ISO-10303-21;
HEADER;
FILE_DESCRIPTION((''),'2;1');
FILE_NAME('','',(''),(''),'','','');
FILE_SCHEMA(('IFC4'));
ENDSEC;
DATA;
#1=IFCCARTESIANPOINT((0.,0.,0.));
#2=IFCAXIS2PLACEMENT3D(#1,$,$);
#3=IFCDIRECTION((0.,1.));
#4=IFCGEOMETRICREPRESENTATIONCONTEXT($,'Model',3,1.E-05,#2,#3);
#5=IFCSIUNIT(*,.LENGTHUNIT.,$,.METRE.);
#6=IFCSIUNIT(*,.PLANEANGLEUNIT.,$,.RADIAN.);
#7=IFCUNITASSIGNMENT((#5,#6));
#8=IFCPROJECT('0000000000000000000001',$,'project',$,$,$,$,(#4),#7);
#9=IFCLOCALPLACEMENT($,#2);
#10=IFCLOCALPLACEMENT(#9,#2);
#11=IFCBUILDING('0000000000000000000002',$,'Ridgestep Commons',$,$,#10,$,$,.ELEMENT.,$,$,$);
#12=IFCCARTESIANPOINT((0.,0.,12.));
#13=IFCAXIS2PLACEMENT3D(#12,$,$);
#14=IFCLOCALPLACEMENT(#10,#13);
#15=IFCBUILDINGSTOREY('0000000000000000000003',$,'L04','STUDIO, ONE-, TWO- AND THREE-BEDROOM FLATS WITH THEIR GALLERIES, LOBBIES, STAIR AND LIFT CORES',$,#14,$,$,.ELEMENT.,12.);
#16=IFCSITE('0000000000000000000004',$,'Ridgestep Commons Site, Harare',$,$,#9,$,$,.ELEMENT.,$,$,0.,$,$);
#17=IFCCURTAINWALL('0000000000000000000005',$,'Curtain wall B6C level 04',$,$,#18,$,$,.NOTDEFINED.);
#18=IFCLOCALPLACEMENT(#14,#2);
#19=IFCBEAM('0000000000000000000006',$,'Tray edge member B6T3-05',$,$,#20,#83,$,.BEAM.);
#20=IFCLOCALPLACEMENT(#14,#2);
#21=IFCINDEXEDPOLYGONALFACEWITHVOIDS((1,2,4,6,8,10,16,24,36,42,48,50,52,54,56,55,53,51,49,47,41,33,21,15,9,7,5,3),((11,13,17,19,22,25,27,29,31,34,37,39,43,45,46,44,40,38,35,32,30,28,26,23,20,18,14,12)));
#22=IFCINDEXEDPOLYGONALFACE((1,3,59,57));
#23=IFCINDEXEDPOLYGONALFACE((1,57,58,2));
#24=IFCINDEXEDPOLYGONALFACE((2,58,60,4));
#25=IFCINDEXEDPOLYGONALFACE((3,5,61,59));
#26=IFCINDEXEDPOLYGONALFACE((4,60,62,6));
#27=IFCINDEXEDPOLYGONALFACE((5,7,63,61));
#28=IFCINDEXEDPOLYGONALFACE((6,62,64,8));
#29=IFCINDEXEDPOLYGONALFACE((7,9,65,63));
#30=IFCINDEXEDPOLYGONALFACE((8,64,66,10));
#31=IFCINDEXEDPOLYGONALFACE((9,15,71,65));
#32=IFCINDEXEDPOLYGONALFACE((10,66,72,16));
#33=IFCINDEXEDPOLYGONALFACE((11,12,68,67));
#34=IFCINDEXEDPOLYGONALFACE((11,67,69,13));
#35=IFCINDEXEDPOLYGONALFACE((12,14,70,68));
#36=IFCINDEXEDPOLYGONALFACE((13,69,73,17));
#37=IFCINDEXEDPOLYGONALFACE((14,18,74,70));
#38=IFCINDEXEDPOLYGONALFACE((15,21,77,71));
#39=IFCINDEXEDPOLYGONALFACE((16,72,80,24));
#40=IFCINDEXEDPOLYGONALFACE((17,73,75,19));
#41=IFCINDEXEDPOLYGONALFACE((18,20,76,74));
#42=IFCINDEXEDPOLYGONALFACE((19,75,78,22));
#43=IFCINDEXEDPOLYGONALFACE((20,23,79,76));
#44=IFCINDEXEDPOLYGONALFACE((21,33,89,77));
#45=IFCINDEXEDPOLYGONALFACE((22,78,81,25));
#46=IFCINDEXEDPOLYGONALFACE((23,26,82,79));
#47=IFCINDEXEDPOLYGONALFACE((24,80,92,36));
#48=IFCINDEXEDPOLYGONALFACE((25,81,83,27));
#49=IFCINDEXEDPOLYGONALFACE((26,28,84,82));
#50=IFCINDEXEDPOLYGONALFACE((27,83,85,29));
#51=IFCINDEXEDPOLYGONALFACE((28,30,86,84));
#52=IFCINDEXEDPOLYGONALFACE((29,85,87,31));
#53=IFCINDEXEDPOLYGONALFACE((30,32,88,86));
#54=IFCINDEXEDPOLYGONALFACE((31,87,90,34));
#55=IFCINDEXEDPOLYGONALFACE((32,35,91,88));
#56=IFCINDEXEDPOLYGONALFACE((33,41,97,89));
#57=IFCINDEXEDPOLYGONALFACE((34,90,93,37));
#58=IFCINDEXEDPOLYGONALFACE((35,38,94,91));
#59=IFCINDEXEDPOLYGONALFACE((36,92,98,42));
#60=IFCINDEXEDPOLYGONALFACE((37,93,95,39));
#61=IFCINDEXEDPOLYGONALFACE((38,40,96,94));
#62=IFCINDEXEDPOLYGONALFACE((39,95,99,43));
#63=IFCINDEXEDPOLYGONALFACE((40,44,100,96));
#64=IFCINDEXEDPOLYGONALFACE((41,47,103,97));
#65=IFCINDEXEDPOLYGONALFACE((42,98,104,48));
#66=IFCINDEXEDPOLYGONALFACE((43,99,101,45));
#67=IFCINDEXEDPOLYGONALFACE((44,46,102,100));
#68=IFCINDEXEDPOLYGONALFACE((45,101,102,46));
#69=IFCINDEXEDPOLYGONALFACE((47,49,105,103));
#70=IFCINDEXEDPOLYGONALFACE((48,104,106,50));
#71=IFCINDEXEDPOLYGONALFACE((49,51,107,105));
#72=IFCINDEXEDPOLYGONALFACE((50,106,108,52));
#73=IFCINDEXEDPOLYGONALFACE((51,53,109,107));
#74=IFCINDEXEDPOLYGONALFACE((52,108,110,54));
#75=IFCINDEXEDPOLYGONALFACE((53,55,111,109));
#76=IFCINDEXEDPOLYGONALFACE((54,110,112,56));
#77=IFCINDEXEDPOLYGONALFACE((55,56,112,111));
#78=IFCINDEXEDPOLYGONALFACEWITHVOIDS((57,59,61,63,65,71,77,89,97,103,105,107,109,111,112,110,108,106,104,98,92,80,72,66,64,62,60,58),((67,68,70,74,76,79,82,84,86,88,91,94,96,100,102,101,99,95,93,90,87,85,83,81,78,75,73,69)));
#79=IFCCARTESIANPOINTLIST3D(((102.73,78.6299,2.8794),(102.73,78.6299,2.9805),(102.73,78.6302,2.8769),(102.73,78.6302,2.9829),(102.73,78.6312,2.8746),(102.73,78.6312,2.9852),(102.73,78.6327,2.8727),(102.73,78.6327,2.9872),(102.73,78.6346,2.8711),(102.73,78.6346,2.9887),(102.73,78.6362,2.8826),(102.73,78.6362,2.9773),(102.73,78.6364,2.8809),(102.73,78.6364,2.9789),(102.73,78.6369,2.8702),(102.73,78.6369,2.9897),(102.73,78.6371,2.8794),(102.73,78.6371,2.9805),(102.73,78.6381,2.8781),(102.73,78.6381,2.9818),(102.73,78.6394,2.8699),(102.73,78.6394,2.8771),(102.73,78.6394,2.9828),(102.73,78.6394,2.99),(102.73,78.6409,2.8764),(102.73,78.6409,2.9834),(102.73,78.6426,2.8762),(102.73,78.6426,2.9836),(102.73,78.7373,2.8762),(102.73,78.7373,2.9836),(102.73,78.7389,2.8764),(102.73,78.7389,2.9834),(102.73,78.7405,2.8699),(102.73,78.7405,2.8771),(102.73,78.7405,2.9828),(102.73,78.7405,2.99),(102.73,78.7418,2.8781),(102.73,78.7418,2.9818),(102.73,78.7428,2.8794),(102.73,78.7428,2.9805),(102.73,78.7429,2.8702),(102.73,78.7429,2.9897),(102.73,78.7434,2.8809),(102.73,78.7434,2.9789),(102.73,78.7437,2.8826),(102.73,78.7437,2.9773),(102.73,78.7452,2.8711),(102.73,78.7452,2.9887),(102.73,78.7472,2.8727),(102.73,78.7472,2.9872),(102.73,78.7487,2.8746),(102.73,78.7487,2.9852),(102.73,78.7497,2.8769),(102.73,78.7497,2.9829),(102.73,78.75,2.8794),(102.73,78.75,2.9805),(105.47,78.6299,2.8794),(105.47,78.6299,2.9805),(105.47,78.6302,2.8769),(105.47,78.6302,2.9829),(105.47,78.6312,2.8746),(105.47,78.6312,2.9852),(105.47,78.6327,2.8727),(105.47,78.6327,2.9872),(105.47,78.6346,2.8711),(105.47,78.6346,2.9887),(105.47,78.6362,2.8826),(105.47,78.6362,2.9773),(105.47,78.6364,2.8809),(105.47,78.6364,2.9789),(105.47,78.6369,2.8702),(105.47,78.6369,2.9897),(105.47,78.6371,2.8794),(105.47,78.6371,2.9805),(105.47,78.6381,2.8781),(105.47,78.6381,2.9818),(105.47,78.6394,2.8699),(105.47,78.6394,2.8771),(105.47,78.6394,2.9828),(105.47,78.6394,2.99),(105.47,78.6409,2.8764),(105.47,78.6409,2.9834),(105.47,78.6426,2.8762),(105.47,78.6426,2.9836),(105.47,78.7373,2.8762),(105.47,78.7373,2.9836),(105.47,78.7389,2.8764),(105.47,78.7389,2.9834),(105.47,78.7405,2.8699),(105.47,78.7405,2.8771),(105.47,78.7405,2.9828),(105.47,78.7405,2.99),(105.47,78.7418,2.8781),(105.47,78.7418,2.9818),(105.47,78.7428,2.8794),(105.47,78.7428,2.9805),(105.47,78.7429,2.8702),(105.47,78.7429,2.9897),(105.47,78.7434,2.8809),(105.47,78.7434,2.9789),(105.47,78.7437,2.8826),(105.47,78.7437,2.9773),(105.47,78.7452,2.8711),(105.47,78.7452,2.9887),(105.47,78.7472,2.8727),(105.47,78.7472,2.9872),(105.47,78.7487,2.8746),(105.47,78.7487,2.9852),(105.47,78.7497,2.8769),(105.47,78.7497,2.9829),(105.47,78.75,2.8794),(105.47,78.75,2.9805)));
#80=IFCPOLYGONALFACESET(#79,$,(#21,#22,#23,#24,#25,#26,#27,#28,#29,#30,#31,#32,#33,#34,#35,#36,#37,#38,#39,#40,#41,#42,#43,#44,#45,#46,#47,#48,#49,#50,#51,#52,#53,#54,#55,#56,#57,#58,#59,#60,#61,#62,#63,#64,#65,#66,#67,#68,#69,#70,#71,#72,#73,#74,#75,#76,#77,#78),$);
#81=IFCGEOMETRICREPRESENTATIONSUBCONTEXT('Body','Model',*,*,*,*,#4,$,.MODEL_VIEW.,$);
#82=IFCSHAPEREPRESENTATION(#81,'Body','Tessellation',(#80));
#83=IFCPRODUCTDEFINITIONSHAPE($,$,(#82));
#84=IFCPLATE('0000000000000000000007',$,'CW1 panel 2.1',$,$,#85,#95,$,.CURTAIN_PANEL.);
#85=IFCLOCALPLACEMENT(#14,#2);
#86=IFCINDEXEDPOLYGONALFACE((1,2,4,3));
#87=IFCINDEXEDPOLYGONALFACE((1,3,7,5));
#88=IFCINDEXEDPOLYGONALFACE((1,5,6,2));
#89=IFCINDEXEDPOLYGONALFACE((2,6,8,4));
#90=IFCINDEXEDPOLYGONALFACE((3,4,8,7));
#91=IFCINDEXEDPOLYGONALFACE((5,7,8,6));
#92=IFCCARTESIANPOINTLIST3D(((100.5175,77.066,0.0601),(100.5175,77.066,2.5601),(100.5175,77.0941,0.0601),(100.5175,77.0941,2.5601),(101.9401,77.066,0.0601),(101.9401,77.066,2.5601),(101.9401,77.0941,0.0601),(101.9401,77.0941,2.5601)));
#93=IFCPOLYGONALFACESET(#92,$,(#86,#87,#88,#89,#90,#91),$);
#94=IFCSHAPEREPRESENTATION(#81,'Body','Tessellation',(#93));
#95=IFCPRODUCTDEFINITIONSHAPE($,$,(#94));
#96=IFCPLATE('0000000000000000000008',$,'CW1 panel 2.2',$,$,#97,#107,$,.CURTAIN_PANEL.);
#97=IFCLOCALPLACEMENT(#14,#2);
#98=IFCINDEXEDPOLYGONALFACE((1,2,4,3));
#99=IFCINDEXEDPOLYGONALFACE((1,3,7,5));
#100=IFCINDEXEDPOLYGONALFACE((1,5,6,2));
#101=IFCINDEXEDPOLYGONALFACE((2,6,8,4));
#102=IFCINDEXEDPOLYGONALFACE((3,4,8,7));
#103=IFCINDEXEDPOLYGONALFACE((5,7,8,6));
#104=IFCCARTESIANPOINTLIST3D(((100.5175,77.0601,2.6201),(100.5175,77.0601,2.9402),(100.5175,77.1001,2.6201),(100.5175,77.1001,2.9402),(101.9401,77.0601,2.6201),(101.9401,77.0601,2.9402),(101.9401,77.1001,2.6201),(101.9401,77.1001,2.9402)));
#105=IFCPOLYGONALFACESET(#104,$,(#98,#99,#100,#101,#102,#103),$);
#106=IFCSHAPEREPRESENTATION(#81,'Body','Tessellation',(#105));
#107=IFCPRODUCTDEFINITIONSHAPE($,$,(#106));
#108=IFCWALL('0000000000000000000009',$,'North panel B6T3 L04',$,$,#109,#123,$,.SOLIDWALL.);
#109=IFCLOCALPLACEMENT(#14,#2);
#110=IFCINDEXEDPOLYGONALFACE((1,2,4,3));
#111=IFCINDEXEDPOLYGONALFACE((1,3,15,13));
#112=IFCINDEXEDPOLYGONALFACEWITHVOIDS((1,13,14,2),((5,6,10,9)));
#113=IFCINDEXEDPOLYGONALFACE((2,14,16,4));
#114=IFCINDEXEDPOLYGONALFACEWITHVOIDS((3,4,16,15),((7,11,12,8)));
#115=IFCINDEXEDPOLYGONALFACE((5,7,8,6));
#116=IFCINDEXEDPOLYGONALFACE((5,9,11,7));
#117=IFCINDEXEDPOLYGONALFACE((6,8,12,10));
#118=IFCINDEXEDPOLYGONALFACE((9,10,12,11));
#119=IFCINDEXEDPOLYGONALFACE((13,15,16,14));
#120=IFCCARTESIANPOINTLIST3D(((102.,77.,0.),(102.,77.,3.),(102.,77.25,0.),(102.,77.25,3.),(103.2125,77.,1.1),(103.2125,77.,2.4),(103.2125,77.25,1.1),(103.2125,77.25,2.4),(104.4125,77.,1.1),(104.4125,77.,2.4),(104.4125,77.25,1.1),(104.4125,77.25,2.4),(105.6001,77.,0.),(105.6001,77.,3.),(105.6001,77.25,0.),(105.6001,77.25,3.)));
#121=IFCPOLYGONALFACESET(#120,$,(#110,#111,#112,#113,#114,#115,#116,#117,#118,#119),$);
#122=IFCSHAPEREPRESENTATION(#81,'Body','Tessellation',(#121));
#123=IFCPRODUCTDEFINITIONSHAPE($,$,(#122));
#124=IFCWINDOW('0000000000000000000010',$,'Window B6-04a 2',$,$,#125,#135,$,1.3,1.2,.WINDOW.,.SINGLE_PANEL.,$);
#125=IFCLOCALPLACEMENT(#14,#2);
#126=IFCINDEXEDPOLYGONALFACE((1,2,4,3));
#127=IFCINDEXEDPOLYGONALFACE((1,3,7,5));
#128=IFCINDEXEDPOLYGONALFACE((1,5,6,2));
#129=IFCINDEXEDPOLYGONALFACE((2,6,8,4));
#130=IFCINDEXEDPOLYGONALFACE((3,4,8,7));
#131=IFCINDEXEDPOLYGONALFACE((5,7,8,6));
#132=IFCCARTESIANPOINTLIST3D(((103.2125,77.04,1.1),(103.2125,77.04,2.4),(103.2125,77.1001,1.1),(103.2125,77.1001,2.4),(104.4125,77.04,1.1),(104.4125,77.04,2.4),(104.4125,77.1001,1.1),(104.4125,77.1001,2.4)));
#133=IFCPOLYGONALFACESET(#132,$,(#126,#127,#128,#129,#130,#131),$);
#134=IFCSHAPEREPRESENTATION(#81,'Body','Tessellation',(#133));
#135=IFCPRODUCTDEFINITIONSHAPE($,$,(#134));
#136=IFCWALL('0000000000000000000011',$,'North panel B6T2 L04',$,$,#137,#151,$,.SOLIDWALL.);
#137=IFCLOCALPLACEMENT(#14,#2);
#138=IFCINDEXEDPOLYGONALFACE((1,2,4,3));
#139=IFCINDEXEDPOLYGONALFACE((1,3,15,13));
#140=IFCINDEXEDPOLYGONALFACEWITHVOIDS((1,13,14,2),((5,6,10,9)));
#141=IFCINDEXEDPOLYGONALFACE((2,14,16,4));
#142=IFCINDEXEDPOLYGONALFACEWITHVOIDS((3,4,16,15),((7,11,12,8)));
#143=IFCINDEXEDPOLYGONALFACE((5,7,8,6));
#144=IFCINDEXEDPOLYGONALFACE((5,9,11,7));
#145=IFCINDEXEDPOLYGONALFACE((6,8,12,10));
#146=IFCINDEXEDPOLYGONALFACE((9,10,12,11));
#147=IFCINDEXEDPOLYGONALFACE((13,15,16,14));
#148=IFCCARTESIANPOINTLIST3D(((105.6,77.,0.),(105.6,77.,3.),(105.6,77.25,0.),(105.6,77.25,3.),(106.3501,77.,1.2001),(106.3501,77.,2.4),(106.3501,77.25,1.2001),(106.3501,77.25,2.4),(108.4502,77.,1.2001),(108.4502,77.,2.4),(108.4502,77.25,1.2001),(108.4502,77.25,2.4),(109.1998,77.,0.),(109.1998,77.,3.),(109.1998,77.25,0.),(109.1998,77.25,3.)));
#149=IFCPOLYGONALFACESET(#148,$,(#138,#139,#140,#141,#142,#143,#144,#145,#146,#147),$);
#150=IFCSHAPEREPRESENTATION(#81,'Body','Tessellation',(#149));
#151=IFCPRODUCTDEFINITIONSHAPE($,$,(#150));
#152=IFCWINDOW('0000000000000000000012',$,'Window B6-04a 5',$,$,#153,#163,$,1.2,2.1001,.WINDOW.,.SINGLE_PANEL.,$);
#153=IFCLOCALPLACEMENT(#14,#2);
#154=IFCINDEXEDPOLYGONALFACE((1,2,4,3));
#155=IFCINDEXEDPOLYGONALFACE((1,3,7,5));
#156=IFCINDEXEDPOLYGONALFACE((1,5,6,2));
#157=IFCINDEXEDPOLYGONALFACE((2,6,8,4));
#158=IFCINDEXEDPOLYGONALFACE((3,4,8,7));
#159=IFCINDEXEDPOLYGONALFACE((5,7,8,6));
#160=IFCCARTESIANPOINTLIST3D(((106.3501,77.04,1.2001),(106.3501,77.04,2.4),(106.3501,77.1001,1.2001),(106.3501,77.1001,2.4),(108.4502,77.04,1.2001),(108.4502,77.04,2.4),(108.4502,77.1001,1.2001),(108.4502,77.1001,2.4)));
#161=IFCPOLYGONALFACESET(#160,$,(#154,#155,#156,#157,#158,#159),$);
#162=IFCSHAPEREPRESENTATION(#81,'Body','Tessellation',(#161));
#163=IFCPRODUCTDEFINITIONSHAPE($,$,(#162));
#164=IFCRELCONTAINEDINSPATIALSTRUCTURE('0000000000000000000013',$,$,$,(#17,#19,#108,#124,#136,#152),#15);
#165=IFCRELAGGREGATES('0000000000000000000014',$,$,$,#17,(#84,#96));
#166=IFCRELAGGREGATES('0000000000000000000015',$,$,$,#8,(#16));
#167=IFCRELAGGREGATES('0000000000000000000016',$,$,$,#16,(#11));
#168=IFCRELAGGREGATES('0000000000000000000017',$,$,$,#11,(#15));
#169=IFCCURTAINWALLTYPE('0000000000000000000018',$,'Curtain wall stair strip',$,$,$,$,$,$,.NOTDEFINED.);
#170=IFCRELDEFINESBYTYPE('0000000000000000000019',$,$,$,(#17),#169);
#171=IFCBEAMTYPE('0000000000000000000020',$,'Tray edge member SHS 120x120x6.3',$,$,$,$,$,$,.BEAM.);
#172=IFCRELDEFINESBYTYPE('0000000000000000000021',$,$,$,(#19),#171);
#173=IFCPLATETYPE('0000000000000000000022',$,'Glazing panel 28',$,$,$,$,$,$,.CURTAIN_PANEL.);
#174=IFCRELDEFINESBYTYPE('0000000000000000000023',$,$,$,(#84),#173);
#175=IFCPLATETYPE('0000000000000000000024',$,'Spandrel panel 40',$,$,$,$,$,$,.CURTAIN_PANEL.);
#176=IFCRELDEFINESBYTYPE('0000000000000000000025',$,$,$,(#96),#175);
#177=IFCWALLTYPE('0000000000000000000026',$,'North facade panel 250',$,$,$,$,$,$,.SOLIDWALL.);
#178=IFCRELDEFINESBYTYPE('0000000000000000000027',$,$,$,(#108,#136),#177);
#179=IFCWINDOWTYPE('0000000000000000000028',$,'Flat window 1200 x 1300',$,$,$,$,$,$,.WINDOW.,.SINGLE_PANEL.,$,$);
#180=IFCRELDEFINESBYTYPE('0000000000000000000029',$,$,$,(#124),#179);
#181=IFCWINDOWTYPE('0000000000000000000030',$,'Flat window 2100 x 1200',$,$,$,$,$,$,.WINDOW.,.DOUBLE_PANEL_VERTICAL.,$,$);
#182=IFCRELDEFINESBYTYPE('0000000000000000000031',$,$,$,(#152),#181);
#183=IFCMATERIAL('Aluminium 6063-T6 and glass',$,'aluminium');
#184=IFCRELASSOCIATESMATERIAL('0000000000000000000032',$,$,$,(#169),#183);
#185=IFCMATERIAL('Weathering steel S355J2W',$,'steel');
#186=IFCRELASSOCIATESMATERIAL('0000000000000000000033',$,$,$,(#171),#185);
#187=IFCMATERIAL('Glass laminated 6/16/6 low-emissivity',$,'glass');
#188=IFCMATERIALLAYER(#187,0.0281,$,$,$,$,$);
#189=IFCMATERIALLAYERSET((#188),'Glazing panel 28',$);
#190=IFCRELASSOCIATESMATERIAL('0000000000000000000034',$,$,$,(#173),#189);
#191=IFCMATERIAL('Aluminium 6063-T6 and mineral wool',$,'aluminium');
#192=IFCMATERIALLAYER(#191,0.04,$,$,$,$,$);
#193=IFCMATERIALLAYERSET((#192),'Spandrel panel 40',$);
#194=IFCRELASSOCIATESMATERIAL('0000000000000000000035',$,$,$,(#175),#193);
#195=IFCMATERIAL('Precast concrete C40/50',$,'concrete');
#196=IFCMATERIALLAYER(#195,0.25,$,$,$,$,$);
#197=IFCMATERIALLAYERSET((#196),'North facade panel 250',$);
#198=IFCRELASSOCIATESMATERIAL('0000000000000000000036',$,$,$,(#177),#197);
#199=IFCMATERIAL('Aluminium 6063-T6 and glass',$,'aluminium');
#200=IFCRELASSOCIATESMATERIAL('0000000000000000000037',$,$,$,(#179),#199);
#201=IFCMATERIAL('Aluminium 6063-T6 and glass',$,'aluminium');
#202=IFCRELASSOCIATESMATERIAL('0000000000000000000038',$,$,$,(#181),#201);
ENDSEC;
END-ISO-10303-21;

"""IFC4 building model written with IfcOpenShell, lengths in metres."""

from ifc_helpers import new_model, si_unit, direction, frame, frame_2d, origin, origin_2d, place, context, subcontext, project, spatial, rectangle, hollow_rectangle, extrude, material, layer, layer_set, material_profile, profile_set, type_object, element, fill, aggregate, save


model = new_model("IFC4")

# Units and contexts
model_context = context("Model", 3, precision=1e-05, world=origin(), true_north=direction((0.0, 1.0)))
body_context = subcontext(model_context, "Body", "Model", "MODEL_VIEW")
ifc_project = project(units=[si_unit("LENGTHUNIT", "METRE"), si_unit("PLANEANGLEUNIT", "RADIAN")], contexts=[model_context])

# Site, building, storey
site_placement = place(None, origin())
site = spatial("IfcSite", under=ifc_project, at=site_placement, Name="Ridgestep Commons Site, Harare", CompositionType="ELEMENT", RefElevation=0.0)
building_placement = place(site_placement, origin())
building = spatial("IfcBuilding", under=site, at=building_placement, Name="Ridgestep Commons", CompositionType="ELEMENT")
storey_placement = place(building_placement, frame((0.0, 0.0, 12.0)))
storey = spatial("IfcBuildingStorey", under=building, at=storey_placement, Name="L04", Description="STUDIO, ONE-, TWO- AND THREE-BEDROOM FLATS WITH THEIR GALLERIES, LOBBIES, STAIR AND LIFT CORES", CompositionType="ELEMENT", Elevation=12.0)

# Curtain wall
ifc_material_1 = material(Name="Aluminium 6063-T6 and glass", Category="aluminium")
curtain_wall_type = type_object("IfcCurtainWallType", Name="Curtain wall stair strip", PredefinedType="NOTDEFINED", material=ifc_material_1)
curtain_wall_placement = place(storey_placement, origin())
curtain_wall = element("IfcCurtainWall", 1, at=curtain_wall_placement, inside=storey, type_object=curtain_wall_type, Name="Curtain wall B6C level 04", PredefinedType="NOTDEFINED")

# Beam
ifc_material_2 = material(Name="Weathering steel S355J2W", Category="steel")
ifc_material_profile_1 = material_profile(ifc_material_2, hollow_rectangle(XDim=0.1201, YDim=0.1201, WallThickness=0.0063, InnerFilletRadius=0.0063, OuterFilletRadius=0.0095, at=origin_2d()), Name="SHS 120x120x6.3")
ifc_profile_set_1 = profile_set([ifc_material_profile_1], Name="Weathering steel S355J2W")
beam_type_1 = type_object("IfcBeamType", Name="Tray edge member SHS 120x120x6.3", PredefinedType="BEAM", material=ifc_profile_set_1)
beam_placement = place(storey_placement, frame((102.73, 78.6899, 2.9299), z_axis=(1.0, 0.0, 0.0), x_axis=(0.0, 0.0, 1.0)))
element("IfcBeam", 2, at=beam_placement, inside=storey, type_object=beam_type_1, Name="Tray edge member B6T3-05", PredefinedType="BEAM", context=body_context, shape_type="SweptSolid", body=[
    extrude(hollow_rectangle(XDim=0.1201, YDim=0.1201, WallThickness=0.0063, InnerFilletRadius=0.0063, OuterFilletRadius=0.0095, at=origin_2d()), origin(), (0.0, 0.0, 1.0), 2.74),
])

# Plates
ifc_material_3 = material(Name="Glass laminated 6/16/6 low-emissivity", Category="glass")
ifc_layer_1 = layer(ifc_material_3, 0.0281)
ifc_layer_set_1 = layer_set([ifc_layer_1], Name="Glazing panel 28")
plate_type_1 = type_object("IfcPlateType", Name="Glazing panel 28", PredefinedType="CURTAIN_PANEL", material=ifc_layer_set_1)
plate_1_placement = place(storey_placement, frame((101.2288, 77.0801, 0.0601), z_axis=(0.0, 0.0, 1.0), x_axis=(1.0, 0.0, 0.0)))
plate_1 = element("IfcPlate", 3, at=plate_1_placement, type_object=plate_type_1, Name="CW1 panel 2.1", PredefinedType="CURTAIN_PANEL", context=body_context, shape_type="SweptSolid", body=[
    extrude(rectangle(XDim=1.4226, YDim=0.0281, at=origin_2d()), origin(), (0.0, 0.0, 1.0), 2.5),
])
ifc_material_4 = material(Name="Aluminium 6063-T6 and mineral wool", Category="aluminium")
ifc_layer_2 = layer(ifc_material_4, 0.04)
ifc_layer_set_2 = layer_set([ifc_layer_2], Name="Spandrel panel 40")
plate_type_2 = type_object("IfcPlateType", Name="Spandrel panel 40", PredefinedType="CURTAIN_PANEL", material=ifc_layer_set_2)
plate_2_placement = place(storey_placement, frame((101.2288, 77.0801, 2.6201), z_axis=(0.0, 0.0, 1.0), x_axis=(1.0, 0.0, 0.0)))
plate_2 = element("IfcPlate", 4, at=plate_2_placement, type_object=plate_type_2, Name="CW1 panel 2.2", PredefinedType="CURTAIN_PANEL", context=body_context, shape_type="SweptSolid", body=[
    extrude(rectangle(XDim=1.4226, YDim=0.04, at=origin_2d()), origin(), (0.0, 0.0, 1.0), 0.3201),
])
aggregate(curtain_wall, [plate_1, plate_2])

# Walls, openings, windows
ifc_material_5 = material(Name="Precast concrete C40/50", Category="concrete")
ifc_layer_3 = layer(ifc_material_5, 0.25)
ifc_layer_set_3 = layer_set([ifc_layer_3], Name="North facade panel 250")
wall_type = type_object("IfcWallType", Name="North facade panel 250", PredefinedType="SOLIDWALL", material=ifc_layer_set_3)
wall_1_placement = place(storey_placement, frame((102.0, 77.125, 0.0), z_axis=(0.0, 0.0, 1.0), x_axis=(1.0, 0.0, 0.0)))
wall_1 = element("IfcWall", 5, at=wall_1_placement, inside=storey, type_object=wall_type, Name="North panel B6T3 L04", PredefinedType="SOLIDWALL", context=body_context, shape_type="SweptSolid", body=[
    extrude(rectangle(XDim=3.6001, YDim=0.25, at=frame_2d((1.8, 0.0))), origin(), (0.0, 0.0, 1.0), 3.0),
])
opening_1_placement = place(wall_1_placement, frame((1.2124, 0.0, 1.1001)))
opening_1 = element("IfcOpeningElement", 6, at=opening_1_placement, cuts=wall_1, PredefinedType="OPENING", context=body_context, shape_type="SweptSolid", body=[
    extrude(rectangle(XDim=1.2, YDim=1.3, at=frame_2d((0.6001, 0.6499))), frame((0.0, 0.135, 0.0), z_axis=(0.0, -1.0, 0.0), x_axis=(1.0, 0.0, 0.0)), (0.0, 0.0, 1.0), 0.27),
])
ifc_material_6 = material(Name="Aluminium 6063-T6 and glass", Category="aluminium")
window_type_1 = type_object("IfcWindowType", Name="Flat window 1200 x 1300", PartitioningType="SINGLE_PANEL", PredefinedType="WINDOW", material=ifc_material_6)
window_1_placement = place(opening_1_placement, origin())
window_1 = element("IfcWindow", 7, at=window_1_placement, inside=storey, type_object=window_type_1, Name="Window B6-04a 2", OverallHeight=1.3, OverallWidth=1.2, PartitioningType="SINGLE_PANEL", PredefinedType="WINDOW", context=body_context, shape_type="SweptSolid", body=[
    extrude(rectangle(XDim=1.2, YDim=1.3, at=frame_2d((0.6001, 0.6499))), frame((0.0, -0.0249, 0.0), z_axis=(0.0, -1.0, 0.0), x_axis=(1.0, 0.0, 0.0)), (0.0, 0.0, 1.0), 0.0601),
])
fill(opening_1, window_1)
wall_2_placement = place(storey_placement, frame((105.6001, 77.125, 0.0), z_axis=(0.0, 0.0, 1.0), x_axis=(1.0, 0.0, 0.0)))
wall_2 = element("IfcWall", 8, at=wall_2_placement, inside=storey, type_object=wall_type, Name="North panel B6T2 L04", PredefinedType="SOLIDWALL", context=body_context, shape_type="SweptSolid", body=[
    extrude(rectangle(XDim=3.5999, YDim=0.25, at=frame_2d((1.7998, 0.0))), origin(), (0.0, 0.0, 1.0), 3.0),
])
opening_2_placement = place(wall_2_placement, frame((0.75, 0.0, 1.2)))
opening_2 = element("IfcOpeningElement", 9, at=opening_2_placement, cuts=wall_2, PredefinedType="OPENING", context=body_context, shape_type="SweptSolid", body=[
    extrude(rectangle(XDim=2.1001, YDim=1.2, at=frame_2d((1.05, 0.6001))), frame((0.0, 0.135, 0.0), z_axis=(0.0, -1.0, 0.0), x_axis=(1.0, 0.0, 0.0)), (0.0, 0.0, 1.0), 0.27),
])
ifc_material_7 = material(Name="Aluminium 6063-T6 and glass", Category="aluminium")
window_type_2 = type_object("IfcWindowType", Name="Flat window 2100 x 1200", PartitioningType="DOUBLE_PANEL_VERTICAL", PredefinedType="WINDOW", material=ifc_material_7)
window_2_placement = place(opening_2_placement, origin())
window_2 = element("IfcWindow", 10, at=window_2_placement, inside=storey, type_object=window_type_2, Name="Window B6-04a 5", OverallHeight=1.2, OverallWidth=2.1001, PartitioningType="SINGLE_PANEL", PredefinedType="WINDOW", context=body_context, shape_type="SweptSolid", body=[
    extrude(rectangle(XDim=2.1001, YDim=1.2, at=frame_2d((1.05, 0.6001))), frame((0.0, -0.0249, 0.0), z_axis=(0.0, -1.0, 0.0), x_axis=(1.0, 0.0, 0.0)), (0.0, 0.0, 1.0), 0.0601),
])
fill(opening_2, window_2)

save(model, "model.ifc")
